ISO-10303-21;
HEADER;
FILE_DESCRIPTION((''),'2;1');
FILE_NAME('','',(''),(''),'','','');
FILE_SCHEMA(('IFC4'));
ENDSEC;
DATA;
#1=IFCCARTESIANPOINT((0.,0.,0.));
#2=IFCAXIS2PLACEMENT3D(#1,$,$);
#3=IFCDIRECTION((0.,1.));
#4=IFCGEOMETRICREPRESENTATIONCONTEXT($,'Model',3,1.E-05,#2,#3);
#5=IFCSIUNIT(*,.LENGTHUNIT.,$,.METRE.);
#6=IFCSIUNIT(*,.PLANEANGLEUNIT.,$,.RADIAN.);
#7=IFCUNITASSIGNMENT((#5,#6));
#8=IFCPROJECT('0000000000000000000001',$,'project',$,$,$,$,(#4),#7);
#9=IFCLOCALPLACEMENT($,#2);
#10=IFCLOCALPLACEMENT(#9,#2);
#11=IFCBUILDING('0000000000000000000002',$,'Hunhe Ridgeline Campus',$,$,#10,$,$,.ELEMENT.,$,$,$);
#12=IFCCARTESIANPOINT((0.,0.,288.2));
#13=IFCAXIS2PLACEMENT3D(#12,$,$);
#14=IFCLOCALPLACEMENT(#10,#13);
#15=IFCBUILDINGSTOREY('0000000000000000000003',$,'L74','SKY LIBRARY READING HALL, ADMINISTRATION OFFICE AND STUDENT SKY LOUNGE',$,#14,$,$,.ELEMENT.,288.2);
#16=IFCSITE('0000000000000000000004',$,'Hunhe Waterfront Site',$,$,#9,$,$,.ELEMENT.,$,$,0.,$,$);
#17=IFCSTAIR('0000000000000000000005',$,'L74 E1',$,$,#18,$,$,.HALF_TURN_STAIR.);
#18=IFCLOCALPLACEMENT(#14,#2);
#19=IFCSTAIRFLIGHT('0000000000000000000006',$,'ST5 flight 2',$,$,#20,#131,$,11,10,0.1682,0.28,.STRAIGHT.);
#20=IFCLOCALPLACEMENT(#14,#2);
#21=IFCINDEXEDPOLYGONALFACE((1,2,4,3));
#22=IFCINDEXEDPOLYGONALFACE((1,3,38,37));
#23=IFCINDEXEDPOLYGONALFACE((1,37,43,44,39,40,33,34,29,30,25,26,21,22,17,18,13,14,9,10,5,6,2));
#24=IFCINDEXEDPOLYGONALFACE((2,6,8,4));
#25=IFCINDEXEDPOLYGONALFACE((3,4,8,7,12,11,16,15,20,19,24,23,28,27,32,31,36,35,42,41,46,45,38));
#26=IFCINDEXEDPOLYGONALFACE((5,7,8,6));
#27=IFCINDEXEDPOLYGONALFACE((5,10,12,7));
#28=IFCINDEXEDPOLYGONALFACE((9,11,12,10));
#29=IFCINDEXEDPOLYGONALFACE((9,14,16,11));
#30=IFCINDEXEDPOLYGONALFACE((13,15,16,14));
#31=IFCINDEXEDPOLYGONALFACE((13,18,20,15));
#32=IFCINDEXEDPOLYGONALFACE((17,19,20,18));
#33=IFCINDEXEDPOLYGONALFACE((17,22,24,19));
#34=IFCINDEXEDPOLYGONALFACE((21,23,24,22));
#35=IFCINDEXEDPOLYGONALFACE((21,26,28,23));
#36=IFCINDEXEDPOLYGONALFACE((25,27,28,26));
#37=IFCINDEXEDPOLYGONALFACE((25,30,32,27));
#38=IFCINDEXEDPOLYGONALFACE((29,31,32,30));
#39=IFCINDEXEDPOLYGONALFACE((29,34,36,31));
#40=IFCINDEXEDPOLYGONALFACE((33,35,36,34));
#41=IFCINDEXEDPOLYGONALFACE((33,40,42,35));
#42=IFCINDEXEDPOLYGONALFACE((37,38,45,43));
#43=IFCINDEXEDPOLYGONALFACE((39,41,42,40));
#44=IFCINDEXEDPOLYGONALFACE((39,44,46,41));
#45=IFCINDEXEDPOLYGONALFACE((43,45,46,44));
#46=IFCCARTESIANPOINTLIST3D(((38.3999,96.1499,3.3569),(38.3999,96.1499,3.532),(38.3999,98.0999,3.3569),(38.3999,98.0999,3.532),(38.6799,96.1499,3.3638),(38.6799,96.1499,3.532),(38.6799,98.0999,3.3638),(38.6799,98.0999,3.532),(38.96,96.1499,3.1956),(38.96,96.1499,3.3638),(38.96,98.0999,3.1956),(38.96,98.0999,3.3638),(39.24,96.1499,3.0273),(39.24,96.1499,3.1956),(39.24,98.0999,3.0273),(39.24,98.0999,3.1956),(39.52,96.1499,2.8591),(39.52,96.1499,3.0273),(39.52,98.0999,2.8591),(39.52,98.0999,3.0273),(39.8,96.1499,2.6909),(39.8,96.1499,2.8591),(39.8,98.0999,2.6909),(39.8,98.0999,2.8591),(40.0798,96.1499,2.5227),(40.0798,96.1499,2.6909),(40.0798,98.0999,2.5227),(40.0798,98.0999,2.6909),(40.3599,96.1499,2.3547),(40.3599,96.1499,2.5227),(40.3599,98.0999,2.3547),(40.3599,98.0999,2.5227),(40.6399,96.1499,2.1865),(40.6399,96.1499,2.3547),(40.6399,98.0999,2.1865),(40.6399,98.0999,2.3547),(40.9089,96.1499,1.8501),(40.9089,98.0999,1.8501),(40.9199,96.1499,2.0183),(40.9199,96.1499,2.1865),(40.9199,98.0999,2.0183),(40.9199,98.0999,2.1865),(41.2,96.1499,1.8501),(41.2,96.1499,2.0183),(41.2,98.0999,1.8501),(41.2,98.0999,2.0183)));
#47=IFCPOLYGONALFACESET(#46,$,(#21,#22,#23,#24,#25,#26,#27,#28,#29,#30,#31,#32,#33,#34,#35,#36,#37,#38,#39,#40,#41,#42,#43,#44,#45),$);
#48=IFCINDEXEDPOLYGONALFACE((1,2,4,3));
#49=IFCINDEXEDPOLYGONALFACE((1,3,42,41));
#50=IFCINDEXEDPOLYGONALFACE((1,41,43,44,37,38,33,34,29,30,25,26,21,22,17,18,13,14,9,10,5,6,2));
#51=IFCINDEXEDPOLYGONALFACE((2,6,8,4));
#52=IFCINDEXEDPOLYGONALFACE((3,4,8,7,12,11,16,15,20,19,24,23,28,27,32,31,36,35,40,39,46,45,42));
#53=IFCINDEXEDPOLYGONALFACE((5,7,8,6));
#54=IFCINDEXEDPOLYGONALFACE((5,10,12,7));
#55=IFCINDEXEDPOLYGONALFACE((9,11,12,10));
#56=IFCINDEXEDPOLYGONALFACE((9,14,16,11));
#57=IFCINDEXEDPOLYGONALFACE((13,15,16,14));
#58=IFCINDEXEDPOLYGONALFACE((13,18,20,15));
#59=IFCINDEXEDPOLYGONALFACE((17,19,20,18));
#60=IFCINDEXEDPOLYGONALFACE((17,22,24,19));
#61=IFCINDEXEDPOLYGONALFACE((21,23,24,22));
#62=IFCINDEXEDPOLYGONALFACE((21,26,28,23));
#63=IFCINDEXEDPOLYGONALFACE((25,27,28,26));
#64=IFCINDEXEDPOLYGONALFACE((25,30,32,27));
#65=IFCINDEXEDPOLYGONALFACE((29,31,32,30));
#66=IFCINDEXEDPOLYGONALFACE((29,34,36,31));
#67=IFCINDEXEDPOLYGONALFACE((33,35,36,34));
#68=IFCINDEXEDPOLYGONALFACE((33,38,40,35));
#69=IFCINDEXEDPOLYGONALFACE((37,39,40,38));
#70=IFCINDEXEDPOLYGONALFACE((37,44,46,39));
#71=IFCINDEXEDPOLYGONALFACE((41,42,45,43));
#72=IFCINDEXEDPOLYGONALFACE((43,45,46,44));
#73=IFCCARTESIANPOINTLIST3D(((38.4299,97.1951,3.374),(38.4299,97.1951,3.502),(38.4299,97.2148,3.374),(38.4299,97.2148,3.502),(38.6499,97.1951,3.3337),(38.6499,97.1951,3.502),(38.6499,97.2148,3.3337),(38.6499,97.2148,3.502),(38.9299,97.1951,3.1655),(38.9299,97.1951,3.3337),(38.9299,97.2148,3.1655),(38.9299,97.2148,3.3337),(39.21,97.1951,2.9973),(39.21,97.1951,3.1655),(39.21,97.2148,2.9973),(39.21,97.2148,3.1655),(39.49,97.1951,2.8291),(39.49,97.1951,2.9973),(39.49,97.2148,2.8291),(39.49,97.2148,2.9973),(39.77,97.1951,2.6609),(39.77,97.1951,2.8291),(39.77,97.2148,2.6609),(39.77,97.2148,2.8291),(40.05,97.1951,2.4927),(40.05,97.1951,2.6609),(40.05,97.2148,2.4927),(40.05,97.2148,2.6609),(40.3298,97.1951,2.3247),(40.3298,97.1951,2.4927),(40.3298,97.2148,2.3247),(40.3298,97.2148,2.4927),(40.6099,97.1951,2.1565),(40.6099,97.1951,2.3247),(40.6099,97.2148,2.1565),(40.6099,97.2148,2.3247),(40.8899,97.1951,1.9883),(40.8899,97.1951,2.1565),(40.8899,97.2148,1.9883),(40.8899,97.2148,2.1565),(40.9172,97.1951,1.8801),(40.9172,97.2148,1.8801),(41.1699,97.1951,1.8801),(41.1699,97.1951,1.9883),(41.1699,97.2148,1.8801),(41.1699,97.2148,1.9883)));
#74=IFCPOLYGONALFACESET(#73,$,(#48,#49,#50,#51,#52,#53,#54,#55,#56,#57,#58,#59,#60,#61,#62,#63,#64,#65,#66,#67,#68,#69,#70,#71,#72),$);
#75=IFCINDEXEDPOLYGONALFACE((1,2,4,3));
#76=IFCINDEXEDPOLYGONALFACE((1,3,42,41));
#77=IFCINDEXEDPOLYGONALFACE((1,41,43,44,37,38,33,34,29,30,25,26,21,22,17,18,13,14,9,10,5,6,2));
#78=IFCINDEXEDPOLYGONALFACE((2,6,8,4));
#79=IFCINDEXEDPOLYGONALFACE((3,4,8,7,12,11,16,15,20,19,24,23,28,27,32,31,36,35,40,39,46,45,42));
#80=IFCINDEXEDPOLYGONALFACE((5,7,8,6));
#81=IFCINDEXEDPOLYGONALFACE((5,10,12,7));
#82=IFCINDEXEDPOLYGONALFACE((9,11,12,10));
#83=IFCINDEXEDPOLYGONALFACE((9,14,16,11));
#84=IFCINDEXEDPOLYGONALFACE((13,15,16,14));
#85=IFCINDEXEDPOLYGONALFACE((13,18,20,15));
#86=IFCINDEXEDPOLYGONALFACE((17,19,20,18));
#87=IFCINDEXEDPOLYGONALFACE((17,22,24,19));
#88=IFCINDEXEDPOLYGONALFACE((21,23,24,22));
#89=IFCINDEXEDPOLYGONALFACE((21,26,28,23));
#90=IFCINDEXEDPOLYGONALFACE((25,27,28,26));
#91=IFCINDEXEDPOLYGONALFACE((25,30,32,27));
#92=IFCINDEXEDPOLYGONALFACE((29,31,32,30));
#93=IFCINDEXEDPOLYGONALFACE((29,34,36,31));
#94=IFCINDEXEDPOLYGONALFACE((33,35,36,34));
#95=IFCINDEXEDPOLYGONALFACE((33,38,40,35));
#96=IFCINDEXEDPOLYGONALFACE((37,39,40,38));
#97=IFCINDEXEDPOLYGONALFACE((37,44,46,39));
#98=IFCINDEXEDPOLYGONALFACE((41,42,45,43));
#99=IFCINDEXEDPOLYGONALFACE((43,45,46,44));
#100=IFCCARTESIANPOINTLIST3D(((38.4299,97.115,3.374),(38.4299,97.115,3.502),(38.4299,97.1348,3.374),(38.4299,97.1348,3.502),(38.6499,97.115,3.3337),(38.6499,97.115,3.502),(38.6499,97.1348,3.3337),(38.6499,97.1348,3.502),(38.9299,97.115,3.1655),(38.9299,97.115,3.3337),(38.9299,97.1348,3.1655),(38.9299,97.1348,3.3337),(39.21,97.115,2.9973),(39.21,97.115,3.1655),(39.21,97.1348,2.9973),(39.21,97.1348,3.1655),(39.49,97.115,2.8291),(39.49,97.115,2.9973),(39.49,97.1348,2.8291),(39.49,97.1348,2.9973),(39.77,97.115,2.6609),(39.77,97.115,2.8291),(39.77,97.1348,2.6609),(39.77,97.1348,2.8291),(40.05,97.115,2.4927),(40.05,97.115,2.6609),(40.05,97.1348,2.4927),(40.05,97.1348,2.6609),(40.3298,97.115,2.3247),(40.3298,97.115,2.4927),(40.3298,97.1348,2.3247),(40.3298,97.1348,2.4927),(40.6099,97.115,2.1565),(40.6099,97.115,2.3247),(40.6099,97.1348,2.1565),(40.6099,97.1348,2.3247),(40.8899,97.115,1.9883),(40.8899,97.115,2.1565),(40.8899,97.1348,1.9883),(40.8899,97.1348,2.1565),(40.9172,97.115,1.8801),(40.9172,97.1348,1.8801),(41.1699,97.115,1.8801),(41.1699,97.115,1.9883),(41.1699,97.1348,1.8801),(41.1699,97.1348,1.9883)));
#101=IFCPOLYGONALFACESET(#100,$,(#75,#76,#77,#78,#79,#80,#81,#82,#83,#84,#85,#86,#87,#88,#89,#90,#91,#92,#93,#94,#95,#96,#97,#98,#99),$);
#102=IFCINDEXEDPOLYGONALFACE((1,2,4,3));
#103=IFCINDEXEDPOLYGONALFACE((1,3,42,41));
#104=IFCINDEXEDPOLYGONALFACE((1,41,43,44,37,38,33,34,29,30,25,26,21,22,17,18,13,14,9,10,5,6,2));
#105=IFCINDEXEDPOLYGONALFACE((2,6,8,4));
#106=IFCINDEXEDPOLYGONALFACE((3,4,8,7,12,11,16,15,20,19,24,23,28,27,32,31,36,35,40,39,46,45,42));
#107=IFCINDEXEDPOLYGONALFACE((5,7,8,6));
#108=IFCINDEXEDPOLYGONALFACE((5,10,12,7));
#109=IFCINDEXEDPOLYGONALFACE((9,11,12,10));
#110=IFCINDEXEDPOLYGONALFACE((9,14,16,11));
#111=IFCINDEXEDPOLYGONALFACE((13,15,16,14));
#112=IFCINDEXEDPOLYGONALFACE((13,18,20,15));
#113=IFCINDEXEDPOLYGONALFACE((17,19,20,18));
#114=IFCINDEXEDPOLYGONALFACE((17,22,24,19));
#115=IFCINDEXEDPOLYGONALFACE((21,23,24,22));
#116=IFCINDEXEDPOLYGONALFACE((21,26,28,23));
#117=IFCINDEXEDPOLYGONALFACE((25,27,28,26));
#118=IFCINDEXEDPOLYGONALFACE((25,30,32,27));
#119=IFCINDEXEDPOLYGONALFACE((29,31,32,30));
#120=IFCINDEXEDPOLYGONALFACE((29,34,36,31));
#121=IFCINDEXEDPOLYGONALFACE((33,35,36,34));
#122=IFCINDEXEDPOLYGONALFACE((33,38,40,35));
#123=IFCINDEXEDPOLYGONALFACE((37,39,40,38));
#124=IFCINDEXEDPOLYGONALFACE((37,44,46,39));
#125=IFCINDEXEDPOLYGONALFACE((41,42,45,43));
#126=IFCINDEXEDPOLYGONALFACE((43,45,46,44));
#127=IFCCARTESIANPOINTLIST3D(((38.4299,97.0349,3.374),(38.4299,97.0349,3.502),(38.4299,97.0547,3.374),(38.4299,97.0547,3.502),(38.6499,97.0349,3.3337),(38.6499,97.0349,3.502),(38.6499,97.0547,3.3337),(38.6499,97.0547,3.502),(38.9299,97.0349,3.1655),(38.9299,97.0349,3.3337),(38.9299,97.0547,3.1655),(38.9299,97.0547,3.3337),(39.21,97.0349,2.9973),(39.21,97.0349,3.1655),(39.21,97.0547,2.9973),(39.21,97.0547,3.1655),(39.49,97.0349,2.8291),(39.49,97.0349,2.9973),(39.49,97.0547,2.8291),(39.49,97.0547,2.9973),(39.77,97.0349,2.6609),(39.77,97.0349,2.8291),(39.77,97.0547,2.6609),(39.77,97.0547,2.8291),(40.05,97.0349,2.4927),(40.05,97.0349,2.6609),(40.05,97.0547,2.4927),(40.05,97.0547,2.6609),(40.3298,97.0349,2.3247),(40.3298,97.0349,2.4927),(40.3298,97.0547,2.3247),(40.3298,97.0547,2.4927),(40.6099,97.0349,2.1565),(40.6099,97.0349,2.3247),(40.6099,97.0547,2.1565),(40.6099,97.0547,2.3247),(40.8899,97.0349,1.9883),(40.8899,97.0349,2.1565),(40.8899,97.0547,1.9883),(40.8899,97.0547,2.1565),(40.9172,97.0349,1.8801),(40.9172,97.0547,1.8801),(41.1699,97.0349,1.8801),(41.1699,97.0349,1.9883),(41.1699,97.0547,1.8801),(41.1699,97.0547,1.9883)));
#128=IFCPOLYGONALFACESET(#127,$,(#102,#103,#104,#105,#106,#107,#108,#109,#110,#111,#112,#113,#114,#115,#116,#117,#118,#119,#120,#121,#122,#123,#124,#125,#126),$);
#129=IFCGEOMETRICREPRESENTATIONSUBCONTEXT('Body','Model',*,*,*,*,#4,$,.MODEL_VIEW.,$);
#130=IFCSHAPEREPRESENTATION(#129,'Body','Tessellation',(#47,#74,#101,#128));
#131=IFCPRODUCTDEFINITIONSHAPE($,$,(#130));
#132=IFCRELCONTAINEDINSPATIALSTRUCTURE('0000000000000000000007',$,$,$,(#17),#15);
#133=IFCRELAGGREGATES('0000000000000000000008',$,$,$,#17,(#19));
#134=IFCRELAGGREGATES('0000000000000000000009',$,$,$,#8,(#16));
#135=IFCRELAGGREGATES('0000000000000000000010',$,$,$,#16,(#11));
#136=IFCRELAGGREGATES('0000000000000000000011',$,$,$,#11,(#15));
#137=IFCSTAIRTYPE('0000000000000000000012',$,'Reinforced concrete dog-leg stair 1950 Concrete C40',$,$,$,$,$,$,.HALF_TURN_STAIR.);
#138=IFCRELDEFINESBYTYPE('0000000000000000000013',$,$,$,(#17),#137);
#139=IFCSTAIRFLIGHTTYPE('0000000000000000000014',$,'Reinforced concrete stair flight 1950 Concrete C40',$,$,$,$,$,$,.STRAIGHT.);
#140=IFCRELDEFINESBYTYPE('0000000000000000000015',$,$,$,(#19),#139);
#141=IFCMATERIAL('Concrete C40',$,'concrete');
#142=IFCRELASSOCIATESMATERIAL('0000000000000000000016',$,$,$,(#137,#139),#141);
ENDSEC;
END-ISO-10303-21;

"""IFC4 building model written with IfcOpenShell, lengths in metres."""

from ifc_helpers import new_model, si_unit, direction, frame, origin, place, context, subcontext, project, spatial, polyline, outline, extrude, material, type_object, element, aggregate, save


model = new_model("IFC4")

# Units and contexts
model_context = context("Model", 3, precision=1e-05, world=origin(), true_north=direction((0.0, 1.0)))
body_context = subcontext(model_context, "Body", "Model", "MODEL_VIEW")
ifc_project = project(units=[si_unit("LENGTHUNIT", "METRE"), si_unit("PLANEANGLEUNIT", "RADIAN")], contexts=[model_context])

# Site, building, storey
site_placement = place(None, origin())
site = spatial("IfcSite", under=ifc_project, at=site_placement, Name="Hunhe Waterfront Site", CompositionType="ELEMENT", RefElevation=0.0)
building_placement = place(site_placement, origin())
building = spatial("IfcBuilding", under=site, at=building_placement, Name="Hunhe Ridgeline Campus", CompositionType="ELEMENT")
storey_placement = place(building_placement, frame((0.0, 0.0, 288.2)))
storey = spatial("IfcBuildingStorey", under=building, at=storey_placement, Name="L74", Description="SKY LIBRARY READING HALL, ADMINISTRATION OFFICE AND STUDENT SKY LOUNGE", CompositionType="ELEMENT", Elevation=288.2)

# Stair, stair flight
ifc_material_1 = material(Name="Concrete C40", Category="concrete")
stair_type = type_object("IfcStairType", Name="Reinforced concrete dog-leg stair 1950 Concrete C40", PredefinedType="HALF_TURN_STAIR", material=ifc_material_1)
stair_placement = place(storey_placement, origin())
stair = element("IfcStair", 1, at=stair_placement, inside=storey, type_object=stair_type, Name="L74 E1", PredefinedType="HALF_TURN_STAIR")
stair_flight_type = type_object("IfcStairFlightType", Name="Reinforced concrete stair flight 1950 Concrete C40", PredefinedType="STRAIGHT", material=ifc_material_1)
stair_flight_1_placement = place(storey_placement, frame((41.2, 97.125, 1.8501), z_axis=(0.0, 0.0, 1.0), x_axis=(-1.0, 0.0, 0.0)))
stair_flight_1 = element("IfcStairFlight", 2, at=stair_flight_1_placement, type_object=stair_flight_type, Name="ST5 flight 2", NumberOfRisers=11, NumberOfTreads=10, PredefinedType="STRAIGHT", RiserHeight=0.1682, TreadLength=0.28, context=body_context, shape_type="SweptSolid", body=[
    extrude(outline(polyline([(0.0, 0.0), (0.0, 0.1682), (0.28, 0.1682), (0.28, 0.3364), (0.5601, 0.3364), (0.5601, 0.5046), (0.8401, 0.5046), (0.8401, 0.6726), (1.1201, 0.6726), (1.1201, 0.8408), (1.3999, 0.8408), (1.3999, 1.009), (1.6799, 1.009), (1.6799, 1.1772), (1.96, 1.1772), (1.96, 1.3455), (2.24, 1.3455), (2.24, 1.5137), (2.52, 1.5137), (2.52, 1.6819), (2.8, 1.6819), (2.8, 1.8501), (2.8, 1.5068), (0.291, 0.0), (0.0, 0.0)])), frame((0.0, 0.9751, 0.0), z_axis=(0.0, -1.0, 0.0), x_axis=(1.0, 0.0, 0.0)), (0.0, 0.0, 1.0), 1.95),
    extrude(outline(polyline([(0.03, 0.03), (0.03, 0.1382), (0.3101, 0.1382), (0.3101, 0.3064), (0.5901, 0.3064), (0.5901, 0.4746), (0.8701, 0.4746), (0.8701, 0.6426), (1.1499, 0.6426), (1.1499, 0.8108), (1.4299, 0.8108), (1.4299, 0.979), (1.71, 0.979), (1.71, 1.1472), (1.99, 1.1472), (1.99, 1.3154), (2.27, 1.3154), (2.27, 1.4836), (2.55, 1.4836), (2.55, 1.6519), (2.77, 1.6519), (2.77, 1.5239), (0.2827, 0.03), (0.03, 0.03)])), frame((0.0, -0.0701, 0.0), z_axis=(0.0, -1.0, 0.0), x_axis=(1.0, 0.0, 0.0)), (0.0, 0.0, 1.0), 0.0198),
    extrude(outline(polyline([(0.03, 0.03), (0.03, 0.1382), (0.3101, 0.1382), (0.3101, 0.3064), (0.5901, 0.3064), (0.5901, 0.4746), (0.8701, 0.4746), (0.8701, 0.6426), (1.1499, 0.6426), (1.1499, 0.8108), (1.4299, 0.8108), (1.4299, 0.979), (1.71, 0.979), (1.71, 1.1472), (1.99, 1.1472), (1.99, 1.3154), (2.27, 1.3154), (2.27, 1.4836), (2.55, 1.4836), (2.55, 1.6519), (2.77, 1.6519), (2.77, 1.5239), (0.2827, 0.03), (0.03, 0.03)])), frame((0.0, 0.01, 0.0), z_axis=(0.0, -1.0, 0.0), x_axis=(1.0, 0.0, 0.0)), (0.0, 0.0, 1.0), 0.0198),
    extrude(outline(polyline([(0.03, 0.03), (0.03, 0.1382), (0.3101, 0.1382), (0.3101, 0.3064), (0.5901, 0.3064), (0.5901, 0.4746), (0.8701, 0.4746), (0.8701, 0.6426), (1.1499, 0.6426), (1.1499, 0.8108), (1.4299, 0.8108), (1.4299, 0.979), (1.71, 0.979), (1.71, 1.1472), (1.99, 1.1472), (1.99, 1.3154), (2.27, 1.3154), (2.27, 1.4836), (2.55, 1.4836), (2.55, 1.6519), (2.77, 1.6519), (2.77, 1.5239), (0.2827, 0.03), (0.03, 0.03)])), frame((0.0, 0.0901, 0.0), z_axis=(0.0, -1.0, 0.0), x_axis=(1.0, 0.0, 0.0)), (0.0, 0.0, 1.0), 0.0198),
])
aggregate(stair, [stair_flight_1])

save(model, "model.ifc")
